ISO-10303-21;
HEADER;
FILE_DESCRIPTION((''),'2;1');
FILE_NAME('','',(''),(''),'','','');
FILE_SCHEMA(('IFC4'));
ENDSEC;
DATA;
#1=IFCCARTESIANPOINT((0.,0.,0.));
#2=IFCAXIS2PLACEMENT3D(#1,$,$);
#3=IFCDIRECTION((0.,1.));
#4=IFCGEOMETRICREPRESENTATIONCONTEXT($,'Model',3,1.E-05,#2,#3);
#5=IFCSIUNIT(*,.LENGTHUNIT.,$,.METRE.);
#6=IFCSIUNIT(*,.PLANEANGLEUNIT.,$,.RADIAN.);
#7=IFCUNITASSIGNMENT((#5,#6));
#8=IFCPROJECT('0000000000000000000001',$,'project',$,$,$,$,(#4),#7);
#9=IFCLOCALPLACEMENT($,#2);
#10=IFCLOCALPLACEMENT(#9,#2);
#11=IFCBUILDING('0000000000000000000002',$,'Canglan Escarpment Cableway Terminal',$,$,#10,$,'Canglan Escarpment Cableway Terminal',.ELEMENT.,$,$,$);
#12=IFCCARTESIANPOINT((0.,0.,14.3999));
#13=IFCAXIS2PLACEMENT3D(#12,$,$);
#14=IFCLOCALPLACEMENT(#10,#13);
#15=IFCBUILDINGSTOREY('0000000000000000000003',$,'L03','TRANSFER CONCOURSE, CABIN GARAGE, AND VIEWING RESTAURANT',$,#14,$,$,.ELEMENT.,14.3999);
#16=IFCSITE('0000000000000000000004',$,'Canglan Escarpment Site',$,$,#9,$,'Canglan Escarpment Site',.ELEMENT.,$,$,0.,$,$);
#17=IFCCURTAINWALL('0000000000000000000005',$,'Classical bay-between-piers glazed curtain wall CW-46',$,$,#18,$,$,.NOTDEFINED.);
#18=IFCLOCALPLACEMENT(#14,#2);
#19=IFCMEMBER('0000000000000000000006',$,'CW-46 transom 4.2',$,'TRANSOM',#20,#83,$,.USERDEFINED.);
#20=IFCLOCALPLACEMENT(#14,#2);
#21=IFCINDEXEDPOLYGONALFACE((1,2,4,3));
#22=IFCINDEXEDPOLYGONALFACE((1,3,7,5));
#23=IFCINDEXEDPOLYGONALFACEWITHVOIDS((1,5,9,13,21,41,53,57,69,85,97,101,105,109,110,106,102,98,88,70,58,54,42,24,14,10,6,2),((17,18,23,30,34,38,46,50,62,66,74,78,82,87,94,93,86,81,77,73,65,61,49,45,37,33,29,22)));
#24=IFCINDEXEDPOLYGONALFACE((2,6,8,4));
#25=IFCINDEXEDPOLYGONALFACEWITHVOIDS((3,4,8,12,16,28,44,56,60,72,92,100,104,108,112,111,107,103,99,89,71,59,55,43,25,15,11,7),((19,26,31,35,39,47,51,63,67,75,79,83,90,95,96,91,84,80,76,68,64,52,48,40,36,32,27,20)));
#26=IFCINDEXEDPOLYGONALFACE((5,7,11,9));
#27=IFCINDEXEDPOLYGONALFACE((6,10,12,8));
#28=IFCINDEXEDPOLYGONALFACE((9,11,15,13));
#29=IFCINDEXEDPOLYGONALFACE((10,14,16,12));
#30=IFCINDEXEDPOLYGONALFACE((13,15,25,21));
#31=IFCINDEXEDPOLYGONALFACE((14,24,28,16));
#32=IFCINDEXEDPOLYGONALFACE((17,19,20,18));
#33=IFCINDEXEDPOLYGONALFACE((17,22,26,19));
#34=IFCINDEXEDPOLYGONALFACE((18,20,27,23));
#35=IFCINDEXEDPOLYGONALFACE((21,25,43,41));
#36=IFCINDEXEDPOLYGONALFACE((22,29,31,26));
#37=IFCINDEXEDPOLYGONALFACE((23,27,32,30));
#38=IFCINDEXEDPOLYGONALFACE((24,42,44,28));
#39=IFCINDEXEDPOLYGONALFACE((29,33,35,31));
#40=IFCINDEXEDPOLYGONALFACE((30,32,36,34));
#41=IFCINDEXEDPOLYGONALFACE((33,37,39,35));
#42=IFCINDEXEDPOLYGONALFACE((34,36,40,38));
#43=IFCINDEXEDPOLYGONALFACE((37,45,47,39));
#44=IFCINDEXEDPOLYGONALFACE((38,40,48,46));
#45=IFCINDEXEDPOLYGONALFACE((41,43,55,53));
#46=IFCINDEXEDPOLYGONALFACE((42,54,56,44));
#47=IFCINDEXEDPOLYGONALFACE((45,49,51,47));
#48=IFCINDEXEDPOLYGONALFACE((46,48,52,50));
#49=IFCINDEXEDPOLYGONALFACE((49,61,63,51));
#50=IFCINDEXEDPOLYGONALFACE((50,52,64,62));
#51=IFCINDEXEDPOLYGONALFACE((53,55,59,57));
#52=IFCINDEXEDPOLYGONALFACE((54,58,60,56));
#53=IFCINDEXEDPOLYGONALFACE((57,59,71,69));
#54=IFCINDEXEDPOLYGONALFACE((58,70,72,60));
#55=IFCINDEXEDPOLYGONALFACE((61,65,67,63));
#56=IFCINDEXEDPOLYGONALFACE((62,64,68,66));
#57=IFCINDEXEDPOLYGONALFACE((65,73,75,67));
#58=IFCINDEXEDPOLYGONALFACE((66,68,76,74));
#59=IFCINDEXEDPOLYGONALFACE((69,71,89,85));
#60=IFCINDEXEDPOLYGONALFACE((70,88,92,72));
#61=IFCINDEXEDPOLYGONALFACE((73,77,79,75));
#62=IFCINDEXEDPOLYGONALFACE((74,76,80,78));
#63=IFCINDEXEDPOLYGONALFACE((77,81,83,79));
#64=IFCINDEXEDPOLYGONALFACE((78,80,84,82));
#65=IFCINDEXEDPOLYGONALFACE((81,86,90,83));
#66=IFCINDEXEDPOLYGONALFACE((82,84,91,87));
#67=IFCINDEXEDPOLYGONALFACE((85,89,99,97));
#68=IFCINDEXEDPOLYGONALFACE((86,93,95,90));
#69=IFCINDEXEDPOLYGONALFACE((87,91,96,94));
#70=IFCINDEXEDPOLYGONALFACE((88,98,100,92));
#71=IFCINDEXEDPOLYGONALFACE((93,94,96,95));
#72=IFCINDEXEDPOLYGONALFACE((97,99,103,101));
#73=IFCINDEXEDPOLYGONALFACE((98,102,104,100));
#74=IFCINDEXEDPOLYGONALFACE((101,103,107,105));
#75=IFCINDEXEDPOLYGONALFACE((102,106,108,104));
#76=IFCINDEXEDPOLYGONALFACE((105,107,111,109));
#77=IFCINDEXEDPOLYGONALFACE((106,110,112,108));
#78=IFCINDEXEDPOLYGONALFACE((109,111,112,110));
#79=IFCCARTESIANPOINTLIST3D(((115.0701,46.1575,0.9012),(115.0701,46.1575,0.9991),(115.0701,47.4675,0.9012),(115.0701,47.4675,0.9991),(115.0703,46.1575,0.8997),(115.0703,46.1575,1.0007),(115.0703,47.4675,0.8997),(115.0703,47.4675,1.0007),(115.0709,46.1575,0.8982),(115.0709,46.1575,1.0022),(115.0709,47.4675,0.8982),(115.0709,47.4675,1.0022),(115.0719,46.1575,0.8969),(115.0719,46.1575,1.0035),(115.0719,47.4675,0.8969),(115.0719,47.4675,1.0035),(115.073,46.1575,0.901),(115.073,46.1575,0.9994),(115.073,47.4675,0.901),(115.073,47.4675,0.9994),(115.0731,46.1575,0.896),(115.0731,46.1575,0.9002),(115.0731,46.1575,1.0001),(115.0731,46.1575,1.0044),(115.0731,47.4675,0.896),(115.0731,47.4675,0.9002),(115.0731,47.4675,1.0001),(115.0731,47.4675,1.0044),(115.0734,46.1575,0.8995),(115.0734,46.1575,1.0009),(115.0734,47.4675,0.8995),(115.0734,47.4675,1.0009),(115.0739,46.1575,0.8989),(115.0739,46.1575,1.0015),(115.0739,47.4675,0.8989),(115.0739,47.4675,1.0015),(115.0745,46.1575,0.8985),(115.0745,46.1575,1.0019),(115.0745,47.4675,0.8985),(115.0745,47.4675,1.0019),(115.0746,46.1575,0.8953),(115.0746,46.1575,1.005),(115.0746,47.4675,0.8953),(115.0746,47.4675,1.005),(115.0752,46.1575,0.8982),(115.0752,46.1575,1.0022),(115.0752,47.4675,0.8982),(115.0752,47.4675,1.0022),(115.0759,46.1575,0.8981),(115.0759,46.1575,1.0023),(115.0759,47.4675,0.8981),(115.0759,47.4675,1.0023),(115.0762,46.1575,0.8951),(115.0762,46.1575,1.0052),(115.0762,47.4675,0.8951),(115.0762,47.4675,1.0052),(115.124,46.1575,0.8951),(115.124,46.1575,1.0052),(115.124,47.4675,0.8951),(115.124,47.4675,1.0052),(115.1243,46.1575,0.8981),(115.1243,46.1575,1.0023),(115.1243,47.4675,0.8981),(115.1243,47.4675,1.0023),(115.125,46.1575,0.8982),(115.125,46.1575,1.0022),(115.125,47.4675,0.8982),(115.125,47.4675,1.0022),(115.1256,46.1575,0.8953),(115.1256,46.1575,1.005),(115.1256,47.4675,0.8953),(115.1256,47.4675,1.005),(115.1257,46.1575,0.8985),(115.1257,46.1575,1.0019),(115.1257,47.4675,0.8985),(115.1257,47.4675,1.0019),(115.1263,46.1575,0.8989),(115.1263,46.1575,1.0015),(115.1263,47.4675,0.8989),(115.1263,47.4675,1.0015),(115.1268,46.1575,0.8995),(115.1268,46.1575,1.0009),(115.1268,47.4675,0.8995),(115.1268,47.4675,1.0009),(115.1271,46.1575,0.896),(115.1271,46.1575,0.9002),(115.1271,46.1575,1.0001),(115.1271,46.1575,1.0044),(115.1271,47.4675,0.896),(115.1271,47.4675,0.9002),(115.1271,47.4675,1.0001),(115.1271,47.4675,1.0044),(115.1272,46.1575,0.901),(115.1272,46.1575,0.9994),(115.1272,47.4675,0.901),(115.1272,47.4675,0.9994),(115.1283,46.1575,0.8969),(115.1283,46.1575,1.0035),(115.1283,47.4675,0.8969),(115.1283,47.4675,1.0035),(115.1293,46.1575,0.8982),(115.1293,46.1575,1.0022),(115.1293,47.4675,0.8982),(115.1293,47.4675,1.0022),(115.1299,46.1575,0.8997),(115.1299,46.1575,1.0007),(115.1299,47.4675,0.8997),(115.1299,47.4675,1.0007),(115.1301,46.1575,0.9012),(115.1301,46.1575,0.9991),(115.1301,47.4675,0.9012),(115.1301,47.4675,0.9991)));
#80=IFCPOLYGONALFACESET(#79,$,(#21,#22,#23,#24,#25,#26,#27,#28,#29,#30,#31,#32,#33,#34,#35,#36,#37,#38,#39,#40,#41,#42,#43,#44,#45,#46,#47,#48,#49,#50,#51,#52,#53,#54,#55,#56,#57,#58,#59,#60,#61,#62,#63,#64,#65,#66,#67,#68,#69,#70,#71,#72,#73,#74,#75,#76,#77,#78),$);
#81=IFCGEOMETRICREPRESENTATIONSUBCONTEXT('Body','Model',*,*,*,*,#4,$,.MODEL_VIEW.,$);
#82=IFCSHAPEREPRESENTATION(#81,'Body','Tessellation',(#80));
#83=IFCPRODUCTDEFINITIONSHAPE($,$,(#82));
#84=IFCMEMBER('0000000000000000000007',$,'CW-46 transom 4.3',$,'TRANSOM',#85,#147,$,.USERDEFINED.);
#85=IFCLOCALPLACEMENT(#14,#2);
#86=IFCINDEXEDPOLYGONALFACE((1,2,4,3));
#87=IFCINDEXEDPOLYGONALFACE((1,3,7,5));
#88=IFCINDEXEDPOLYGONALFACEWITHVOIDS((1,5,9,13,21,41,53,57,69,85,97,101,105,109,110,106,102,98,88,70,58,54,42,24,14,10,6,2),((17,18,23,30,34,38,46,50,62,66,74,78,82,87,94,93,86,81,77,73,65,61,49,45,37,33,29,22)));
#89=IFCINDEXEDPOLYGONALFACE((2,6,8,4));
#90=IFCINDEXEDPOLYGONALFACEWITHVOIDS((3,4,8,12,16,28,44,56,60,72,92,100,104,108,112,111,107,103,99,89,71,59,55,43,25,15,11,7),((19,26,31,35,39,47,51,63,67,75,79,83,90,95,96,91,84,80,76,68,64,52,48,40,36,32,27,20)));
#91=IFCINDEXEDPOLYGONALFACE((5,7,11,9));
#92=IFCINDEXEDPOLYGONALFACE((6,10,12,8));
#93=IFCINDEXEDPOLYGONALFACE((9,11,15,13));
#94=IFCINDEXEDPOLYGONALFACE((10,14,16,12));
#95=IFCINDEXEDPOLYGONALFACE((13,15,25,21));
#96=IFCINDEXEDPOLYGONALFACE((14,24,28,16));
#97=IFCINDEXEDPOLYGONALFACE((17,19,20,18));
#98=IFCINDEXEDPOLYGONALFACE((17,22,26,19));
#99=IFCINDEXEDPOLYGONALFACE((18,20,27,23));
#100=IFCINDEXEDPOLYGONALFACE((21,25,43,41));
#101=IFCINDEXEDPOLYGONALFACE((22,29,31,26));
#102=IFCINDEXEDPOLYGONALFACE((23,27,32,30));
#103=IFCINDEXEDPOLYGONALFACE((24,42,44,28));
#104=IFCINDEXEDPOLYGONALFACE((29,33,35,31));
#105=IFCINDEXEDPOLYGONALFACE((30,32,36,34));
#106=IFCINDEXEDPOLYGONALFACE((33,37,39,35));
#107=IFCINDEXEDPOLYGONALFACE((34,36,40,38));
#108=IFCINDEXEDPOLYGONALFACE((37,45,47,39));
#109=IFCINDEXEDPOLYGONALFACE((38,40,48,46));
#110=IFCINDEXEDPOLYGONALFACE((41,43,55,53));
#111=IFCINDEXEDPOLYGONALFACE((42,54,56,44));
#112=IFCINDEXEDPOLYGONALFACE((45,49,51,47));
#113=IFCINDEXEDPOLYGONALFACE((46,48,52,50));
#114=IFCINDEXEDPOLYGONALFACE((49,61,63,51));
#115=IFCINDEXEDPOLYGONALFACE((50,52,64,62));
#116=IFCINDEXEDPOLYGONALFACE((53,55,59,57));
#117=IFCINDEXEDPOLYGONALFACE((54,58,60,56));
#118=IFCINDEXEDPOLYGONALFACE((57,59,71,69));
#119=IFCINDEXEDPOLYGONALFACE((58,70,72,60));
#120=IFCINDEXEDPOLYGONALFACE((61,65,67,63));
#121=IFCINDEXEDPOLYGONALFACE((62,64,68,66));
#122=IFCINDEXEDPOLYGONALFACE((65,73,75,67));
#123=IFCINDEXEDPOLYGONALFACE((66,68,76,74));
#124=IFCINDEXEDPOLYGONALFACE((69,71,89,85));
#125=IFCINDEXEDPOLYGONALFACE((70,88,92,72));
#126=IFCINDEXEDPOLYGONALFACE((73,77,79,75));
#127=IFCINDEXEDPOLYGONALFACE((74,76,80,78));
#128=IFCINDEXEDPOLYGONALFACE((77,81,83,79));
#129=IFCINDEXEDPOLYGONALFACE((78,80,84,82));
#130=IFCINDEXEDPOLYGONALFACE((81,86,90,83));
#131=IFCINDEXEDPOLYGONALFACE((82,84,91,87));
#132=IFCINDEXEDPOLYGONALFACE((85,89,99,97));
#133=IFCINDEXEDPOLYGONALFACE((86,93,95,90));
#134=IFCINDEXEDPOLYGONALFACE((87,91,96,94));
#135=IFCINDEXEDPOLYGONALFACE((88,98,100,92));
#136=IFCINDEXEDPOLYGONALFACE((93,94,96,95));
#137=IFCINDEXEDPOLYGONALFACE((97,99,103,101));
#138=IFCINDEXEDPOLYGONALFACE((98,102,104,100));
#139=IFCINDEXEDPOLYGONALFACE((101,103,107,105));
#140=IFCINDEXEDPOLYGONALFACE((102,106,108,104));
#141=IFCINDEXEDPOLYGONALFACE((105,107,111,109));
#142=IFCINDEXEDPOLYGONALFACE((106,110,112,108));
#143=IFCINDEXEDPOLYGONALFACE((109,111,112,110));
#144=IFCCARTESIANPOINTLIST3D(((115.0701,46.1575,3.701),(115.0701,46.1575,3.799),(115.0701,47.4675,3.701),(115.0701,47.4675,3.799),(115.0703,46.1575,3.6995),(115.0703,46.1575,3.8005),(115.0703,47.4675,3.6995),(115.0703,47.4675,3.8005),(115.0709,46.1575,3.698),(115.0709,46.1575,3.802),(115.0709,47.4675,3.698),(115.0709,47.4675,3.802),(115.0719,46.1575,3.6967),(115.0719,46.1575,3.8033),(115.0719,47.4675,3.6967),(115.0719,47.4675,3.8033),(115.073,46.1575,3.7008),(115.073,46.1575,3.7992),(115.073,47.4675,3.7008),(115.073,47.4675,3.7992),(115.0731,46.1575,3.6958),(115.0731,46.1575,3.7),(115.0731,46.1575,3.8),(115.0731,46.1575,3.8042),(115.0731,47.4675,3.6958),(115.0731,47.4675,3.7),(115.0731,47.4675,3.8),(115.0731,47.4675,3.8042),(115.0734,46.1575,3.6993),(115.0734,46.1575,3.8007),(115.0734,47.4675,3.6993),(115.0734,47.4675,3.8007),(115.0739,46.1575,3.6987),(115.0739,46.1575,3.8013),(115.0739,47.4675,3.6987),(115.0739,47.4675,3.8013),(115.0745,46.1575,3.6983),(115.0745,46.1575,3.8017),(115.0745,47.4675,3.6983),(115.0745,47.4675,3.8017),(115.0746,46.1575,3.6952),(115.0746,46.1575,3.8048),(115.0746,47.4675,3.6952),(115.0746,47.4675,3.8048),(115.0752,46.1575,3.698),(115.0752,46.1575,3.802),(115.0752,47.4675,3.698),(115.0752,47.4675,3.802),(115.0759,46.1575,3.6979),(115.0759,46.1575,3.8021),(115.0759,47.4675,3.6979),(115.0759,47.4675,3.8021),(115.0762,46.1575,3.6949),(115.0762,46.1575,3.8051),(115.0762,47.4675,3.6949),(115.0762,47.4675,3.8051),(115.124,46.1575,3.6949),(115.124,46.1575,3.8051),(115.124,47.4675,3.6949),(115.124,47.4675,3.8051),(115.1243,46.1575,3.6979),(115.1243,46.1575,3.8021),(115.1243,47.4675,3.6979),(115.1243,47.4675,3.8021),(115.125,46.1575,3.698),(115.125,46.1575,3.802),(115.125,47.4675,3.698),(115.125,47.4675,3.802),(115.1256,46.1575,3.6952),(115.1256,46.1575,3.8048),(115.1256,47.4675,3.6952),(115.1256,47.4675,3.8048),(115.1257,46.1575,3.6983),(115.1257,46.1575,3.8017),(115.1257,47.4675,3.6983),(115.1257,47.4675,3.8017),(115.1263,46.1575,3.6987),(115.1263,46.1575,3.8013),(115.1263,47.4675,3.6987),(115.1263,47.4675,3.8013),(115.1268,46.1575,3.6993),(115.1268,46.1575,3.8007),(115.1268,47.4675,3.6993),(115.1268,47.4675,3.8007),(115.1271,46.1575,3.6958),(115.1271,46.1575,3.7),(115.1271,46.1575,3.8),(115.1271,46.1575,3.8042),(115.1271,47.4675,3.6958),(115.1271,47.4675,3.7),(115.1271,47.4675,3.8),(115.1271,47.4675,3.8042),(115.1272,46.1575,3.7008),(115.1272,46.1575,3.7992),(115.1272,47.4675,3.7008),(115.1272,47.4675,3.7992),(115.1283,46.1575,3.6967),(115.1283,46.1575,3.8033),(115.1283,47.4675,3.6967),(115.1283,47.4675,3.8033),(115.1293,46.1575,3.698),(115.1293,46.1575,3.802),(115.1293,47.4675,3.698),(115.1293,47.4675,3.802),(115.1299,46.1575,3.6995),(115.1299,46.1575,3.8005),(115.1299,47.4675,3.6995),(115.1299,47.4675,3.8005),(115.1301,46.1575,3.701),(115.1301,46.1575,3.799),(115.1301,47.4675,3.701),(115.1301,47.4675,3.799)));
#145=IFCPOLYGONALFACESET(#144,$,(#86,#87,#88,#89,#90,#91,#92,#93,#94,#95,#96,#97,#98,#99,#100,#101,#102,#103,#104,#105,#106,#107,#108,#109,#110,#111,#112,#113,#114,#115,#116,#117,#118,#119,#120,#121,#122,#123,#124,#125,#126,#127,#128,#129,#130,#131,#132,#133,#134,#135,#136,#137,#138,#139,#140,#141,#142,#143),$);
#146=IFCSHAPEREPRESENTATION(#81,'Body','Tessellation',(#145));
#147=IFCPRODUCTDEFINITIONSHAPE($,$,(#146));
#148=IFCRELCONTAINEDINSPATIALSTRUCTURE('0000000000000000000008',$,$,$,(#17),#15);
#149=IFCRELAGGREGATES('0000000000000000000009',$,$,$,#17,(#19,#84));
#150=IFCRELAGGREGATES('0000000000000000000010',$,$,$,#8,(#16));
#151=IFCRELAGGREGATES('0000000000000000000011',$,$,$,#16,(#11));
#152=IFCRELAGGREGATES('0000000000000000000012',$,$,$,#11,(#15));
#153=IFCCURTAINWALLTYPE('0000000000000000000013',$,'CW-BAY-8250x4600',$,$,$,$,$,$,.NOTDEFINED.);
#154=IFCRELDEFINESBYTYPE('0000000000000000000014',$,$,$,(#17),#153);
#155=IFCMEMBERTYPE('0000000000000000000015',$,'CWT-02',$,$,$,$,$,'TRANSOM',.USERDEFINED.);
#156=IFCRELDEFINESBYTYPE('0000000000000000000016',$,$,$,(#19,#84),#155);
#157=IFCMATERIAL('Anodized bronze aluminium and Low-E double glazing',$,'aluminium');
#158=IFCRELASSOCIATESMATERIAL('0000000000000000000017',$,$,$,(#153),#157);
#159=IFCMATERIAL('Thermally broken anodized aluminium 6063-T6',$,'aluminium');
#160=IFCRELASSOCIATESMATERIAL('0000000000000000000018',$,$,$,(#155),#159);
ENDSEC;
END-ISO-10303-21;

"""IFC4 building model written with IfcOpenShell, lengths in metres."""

from ifc_helpers import new_model, si_unit, direction, frame, origin, origin_2d, place, context, subcontext, project, spatial, hollow_rectangle, extrude, material, material_profile, profile_set, type_object, element, aggregate, save


model = new_model("IFC4")

# Units and contexts
model_context = context("Model", 3, precision=1e-05, world=origin(), true_north=direction((0.0, 1.0)))
body_context = subcontext(model_context, "Body", "Model", "MODEL_VIEW")
ifc_project = project(units=[si_unit("LENGTHUNIT", "METRE"), si_unit("PLANEANGLEUNIT", "RADIAN")], contexts=[model_context])

# Site, building, storey
site_placement = place(None, origin())
site = spatial("IfcSite", under=ifc_project, at=site_placement, Name="Canglan Escarpment Site", LongName="Canglan Escarpment Site", CompositionType="ELEMENT", RefElevation=0.0)
building_placement = place(site_placement, origin())
building = spatial("IfcBuilding", under=site, at=building_placement, Name="Canglan Escarpment Cableway Terminal", LongName="Canglan Escarpment Cableway Terminal", CompositionType="ELEMENT")
storey_placement = place(building_placement, frame((0.0, 0.0, 14.3999)))
storey = spatial("IfcBuildingStorey", under=building, at=storey_placement, Name="L03", Description="TRANSFER CONCOURSE, CABIN GARAGE, AND VIEWING RESTAURANT", CompositionType="ELEMENT", Elevation=14.3999)

# Curtain wall, members
ifc_material_1 = material(Name="Anodized bronze aluminium and Low-E double glazing", Category="aluminium")
curtain_wall_type = type_object("IfcCurtainWallType", Name="CW-BAY-8250x4600", PredefinedType="NOTDEFINED", material=ifc_material_1)
curtain_wall_placement = place(storey_placement, origin())
curtain_wall = element("IfcCurtainWall", 1, at=curtain_wall_placement, inside=storey, type_object=curtain_wall_type, Name="Classical bay-between-piers glazed curtain wall CW-46", PredefinedType="NOTDEFINED")
ifc_material_2 = material(Name="Thermally broken anodized aluminium 6063-T6", Category="aluminium")
ifc_material_profile_1 = material_profile(ifc_material_2, hollow_rectangle(XDim=0.0601, YDim=0.1101, WallThickness=0.0029, InnerFilletRadius=0.0029, OuterFilletRadius=0.0061, at=origin_2d()), Name="ALU-TRAN 60x110x3")
ifc_profile_set_1 = profile_set([ifc_material_profile_1], Name="Thermally broken anodized aluminium 6063-T6")
member_type_1 = type_object("IfcMemberType", Name="CWT-02", ElementType="TRANSOM", PredefinedType="USERDEFINED", material=ifc_profile_set_1)
member_1_placement = place(storey_placement, frame((115.1001, 47.4675, 0.9502), z_axis=(0.0, -1.0, 0.0), x_axis=(1.0, 0.0, 0.0)))
member_1 = element("IfcMember", 2, at=member_1_placement, type_object=member_type_1, Name="CW-46 transom 4.2", ObjectType="TRANSOM", PredefinedType="USERDEFINED", context=body_context, shape_type="SweptSolid", body=[
    extrude(hollow_rectangle(XDim=0.0601, YDim=0.1101, WallThickness=0.0029, InnerFilletRadius=0.0029, OuterFilletRadius=0.0061, at=origin_2d()), origin(), (0.0, 0.0, 1.0), 1.3101),
])
member_2_placement = place(storey_placement, frame((115.1001, 47.4675, 3.75), z_axis=(0.0, -1.0, 0.0), x_axis=(1.0, 0.0, 0.0)))
member_2 = element("IfcMember", 3, at=member_2_placement, type_object=member_type_1, Name="CW-46 transom 4.3", ObjectType="TRANSOM", PredefinedType="USERDEFINED", context=body_context, shape_type="SweptSolid", body=[
    extrude(hollow_rectangle(XDim=0.0601, YDim=0.1101, WallThickness=0.0029, InnerFilletRadius=0.0029, OuterFilletRadius=0.0061, at=origin_2d()), origin(), (0.0, 0.0, 1.0), 1.3101),
])
aggregate(curtain_wall, [member_1, member_2])

save(model, "model.ifc")
